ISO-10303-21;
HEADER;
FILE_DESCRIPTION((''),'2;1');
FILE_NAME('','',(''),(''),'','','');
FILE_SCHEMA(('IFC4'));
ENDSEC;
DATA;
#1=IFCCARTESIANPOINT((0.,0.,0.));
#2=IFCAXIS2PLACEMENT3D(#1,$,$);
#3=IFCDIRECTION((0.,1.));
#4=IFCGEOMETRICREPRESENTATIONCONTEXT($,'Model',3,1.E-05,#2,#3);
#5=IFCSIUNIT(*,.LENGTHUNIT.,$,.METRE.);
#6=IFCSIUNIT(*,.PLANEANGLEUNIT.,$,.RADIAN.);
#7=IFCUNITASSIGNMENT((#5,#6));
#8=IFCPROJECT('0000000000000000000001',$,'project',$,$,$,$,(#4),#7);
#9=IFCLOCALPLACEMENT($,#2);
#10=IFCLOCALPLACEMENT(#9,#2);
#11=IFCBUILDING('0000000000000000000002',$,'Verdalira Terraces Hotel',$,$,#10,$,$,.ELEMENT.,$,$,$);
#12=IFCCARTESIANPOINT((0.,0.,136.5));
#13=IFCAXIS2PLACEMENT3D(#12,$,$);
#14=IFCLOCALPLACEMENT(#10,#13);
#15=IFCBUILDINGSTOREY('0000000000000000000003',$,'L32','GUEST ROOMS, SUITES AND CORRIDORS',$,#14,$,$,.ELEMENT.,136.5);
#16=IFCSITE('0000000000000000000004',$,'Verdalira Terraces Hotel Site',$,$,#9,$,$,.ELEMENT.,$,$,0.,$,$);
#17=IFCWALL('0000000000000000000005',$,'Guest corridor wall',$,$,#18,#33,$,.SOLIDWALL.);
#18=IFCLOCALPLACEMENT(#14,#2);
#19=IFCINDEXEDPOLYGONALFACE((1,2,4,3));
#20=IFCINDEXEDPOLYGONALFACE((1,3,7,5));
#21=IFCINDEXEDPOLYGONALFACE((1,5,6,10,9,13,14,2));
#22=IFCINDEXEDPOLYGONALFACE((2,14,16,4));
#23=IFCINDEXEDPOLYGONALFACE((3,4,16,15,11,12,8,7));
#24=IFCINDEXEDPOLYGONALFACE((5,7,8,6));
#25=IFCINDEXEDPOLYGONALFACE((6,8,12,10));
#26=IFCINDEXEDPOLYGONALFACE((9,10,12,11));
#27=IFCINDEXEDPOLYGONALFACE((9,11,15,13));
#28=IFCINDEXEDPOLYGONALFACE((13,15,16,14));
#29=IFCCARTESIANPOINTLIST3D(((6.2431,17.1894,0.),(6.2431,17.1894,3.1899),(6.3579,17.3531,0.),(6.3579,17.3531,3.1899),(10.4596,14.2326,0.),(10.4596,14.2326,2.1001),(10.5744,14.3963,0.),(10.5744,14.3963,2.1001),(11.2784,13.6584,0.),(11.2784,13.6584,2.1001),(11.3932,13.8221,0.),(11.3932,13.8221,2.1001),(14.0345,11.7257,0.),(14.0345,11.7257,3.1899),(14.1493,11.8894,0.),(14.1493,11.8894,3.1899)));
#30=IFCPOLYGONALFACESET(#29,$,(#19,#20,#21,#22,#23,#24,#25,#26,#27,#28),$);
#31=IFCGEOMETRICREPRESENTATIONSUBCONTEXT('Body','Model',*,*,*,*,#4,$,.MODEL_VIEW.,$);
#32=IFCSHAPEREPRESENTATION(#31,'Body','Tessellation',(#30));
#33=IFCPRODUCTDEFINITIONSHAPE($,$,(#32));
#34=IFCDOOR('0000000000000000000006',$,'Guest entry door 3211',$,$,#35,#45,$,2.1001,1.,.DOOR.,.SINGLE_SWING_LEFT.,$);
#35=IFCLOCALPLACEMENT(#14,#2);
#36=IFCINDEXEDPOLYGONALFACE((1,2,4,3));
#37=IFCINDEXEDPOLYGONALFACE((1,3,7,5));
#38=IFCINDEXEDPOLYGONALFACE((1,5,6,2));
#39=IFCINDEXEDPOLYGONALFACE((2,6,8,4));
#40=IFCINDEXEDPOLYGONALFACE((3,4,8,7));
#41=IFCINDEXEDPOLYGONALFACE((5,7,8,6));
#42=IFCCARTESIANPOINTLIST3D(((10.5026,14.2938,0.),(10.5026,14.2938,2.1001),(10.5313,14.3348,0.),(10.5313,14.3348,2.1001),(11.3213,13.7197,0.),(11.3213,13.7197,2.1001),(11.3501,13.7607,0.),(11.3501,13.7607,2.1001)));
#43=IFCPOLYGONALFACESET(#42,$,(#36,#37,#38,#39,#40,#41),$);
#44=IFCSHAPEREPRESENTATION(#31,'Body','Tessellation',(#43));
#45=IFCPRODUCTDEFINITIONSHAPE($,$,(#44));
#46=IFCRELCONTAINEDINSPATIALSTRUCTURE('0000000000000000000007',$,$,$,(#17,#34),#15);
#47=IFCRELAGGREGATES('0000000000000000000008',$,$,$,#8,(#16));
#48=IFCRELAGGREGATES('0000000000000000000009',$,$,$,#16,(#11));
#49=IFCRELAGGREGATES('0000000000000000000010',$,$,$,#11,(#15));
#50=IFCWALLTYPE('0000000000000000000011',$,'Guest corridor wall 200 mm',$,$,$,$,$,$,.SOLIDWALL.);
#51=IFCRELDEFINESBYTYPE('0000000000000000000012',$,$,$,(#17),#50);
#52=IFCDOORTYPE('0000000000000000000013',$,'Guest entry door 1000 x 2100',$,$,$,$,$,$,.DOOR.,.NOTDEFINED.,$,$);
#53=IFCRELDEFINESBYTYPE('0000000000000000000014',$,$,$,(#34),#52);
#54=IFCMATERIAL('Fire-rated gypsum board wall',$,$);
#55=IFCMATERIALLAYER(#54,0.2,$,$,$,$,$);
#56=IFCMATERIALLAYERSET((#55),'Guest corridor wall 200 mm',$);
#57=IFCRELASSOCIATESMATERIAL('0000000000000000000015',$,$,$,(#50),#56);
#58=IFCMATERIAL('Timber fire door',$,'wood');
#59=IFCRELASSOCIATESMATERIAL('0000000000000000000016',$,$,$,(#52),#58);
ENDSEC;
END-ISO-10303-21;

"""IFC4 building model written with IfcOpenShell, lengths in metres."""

from ifc_helpers import new_model, si_unit, direction, frame, frame_2d, origin, place, context, subcontext, project, spatial, rectangle, extrude, material, layer, layer_set, type_object, element, fill, save


model = new_model("IFC4")

# Units and contexts
model_context = context("Model", 3, precision=1e-05, world=origin(), true_north=direction((0.0, 1.0)))
body_context = subcontext(model_context, "Body", "Model", "MODEL_VIEW")
ifc_project = project(units=[si_unit("LENGTHUNIT", "METRE"), si_unit("PLANEANGLEUNIT", "RADIAN")], contexts=[model_context])

# Site, building, storey
site_placement = place(None, origin())
site = spatial("IfcSite", under=ifc_project, at=site_placement, Name="Verdalira Terraces Hotel Site", CompositionType="ELEMENT", RefElevation=0.0)
building_placement = place(site_placement, origin())
building = spatial("IfcBuilding", under=site, at=building_placement, Name="Verdalira Terraces Hotel", CompositionType="ELEMENT")
storey_placement = place(building_placement, frame((0.0, 0.0, 136.5)))
storey = spatial("IfcBuildingStorey", under=building, at=storey_placement, Name="L32", Description="GUEST ROOMS, SUITES AND CORRIDORS", CompositionType="ELEMENT", Elevation=136.5)

# Wall, opening, door
ifc_material_1 = material(Name="Fire-rated gypsum board wall")
ifc_layer_1 = layer(ifc_material_1, 0.2)
ifc_layer_set_1 = layer_set([ifc_layer_1], Name="Guest corridor wall 200 mm")
wall_type_1 = type_object("IfcWallType", Name="Guest corridor wall 200 mm", PredefinedType="SOLIDWALL", material=ifc_layer_set_1)
wall_1_placement = place(storey_placement, frame((6.3005, 17.2712, 0.0), z_axis=(0.0, 0.0, 1.0), x_axis=(0.818751, -0.574149, 0.0)))
wall_1 = element("IfcWall", 1, at=wall_1_placement, inside=storey, type_object=wall_type_1, Name="Guest corridor wall", PredefinedType="SOLIDWALL", context=body_context, shape_type="SweptSolid", body=[
    extrude(rectangle(XDim=9.5161, YDim=0.2, at=frame_2d((4.7581, 0.0))), origin(), (0.0, 0.0, 1.0), 3.1899),
])
opening_1_placement = place(wall_1_placement, frame((5.1499, 0.0, 0.0)))
opening_1 = element("IfcOpeningElement", 2, at=opening_1_placement, cuts=wall_1, PredefinedType="OPENING", context=body_context, shape_type="SweptSolid", body=[
    extrude(rectangle(XDim=1.0, YDim=2.1001, at=frame_2d((0.5, 1.05))), frame((0.0, 0.1099, 0.0), z_axis=(0.0, -1.0, 0.0), x_axis=(1.0, 0.0, 0.0)), (0.0, 0.0, 1.0), 0.22),
])
ifc_material_2 = material(Name="Timber fire door", Category="wood")
door_type_1 = type_object("IfcDoorType", Name="Guest entry door 1000 x 2100", OperationType="NOTDEFINED", PredefinedType="DOOR", material=ifc_material_2)
door_1_placement = place(opening_1_placement, origin())
door_1 = element("IfcDoor", 3, at=door_1_placement, inside=storey, type_object=door_type_1, Name="Guest entry door 3211", OperationType="SINGLE_SWING_LEFT", OverallHeight=2.1001, OverallWidth=1.0, PredefinedType="DOOR", context=body_context, shape_type="SweptSolid", body=[
    extrude(rectangle(XDim=1.0, YDim=2.1001, at=frame_2d((0.5, 1.05))), frame((0.0, 0.0249, 0.0), z_axis=(0.0, -1.0, 0.0), x_axis=(1.0, 0.0, 0.0)), (0.0, 0.0, 1.0), 0.05),
])
fill(opening_1, door_1)

save(model, "model.ifc")
